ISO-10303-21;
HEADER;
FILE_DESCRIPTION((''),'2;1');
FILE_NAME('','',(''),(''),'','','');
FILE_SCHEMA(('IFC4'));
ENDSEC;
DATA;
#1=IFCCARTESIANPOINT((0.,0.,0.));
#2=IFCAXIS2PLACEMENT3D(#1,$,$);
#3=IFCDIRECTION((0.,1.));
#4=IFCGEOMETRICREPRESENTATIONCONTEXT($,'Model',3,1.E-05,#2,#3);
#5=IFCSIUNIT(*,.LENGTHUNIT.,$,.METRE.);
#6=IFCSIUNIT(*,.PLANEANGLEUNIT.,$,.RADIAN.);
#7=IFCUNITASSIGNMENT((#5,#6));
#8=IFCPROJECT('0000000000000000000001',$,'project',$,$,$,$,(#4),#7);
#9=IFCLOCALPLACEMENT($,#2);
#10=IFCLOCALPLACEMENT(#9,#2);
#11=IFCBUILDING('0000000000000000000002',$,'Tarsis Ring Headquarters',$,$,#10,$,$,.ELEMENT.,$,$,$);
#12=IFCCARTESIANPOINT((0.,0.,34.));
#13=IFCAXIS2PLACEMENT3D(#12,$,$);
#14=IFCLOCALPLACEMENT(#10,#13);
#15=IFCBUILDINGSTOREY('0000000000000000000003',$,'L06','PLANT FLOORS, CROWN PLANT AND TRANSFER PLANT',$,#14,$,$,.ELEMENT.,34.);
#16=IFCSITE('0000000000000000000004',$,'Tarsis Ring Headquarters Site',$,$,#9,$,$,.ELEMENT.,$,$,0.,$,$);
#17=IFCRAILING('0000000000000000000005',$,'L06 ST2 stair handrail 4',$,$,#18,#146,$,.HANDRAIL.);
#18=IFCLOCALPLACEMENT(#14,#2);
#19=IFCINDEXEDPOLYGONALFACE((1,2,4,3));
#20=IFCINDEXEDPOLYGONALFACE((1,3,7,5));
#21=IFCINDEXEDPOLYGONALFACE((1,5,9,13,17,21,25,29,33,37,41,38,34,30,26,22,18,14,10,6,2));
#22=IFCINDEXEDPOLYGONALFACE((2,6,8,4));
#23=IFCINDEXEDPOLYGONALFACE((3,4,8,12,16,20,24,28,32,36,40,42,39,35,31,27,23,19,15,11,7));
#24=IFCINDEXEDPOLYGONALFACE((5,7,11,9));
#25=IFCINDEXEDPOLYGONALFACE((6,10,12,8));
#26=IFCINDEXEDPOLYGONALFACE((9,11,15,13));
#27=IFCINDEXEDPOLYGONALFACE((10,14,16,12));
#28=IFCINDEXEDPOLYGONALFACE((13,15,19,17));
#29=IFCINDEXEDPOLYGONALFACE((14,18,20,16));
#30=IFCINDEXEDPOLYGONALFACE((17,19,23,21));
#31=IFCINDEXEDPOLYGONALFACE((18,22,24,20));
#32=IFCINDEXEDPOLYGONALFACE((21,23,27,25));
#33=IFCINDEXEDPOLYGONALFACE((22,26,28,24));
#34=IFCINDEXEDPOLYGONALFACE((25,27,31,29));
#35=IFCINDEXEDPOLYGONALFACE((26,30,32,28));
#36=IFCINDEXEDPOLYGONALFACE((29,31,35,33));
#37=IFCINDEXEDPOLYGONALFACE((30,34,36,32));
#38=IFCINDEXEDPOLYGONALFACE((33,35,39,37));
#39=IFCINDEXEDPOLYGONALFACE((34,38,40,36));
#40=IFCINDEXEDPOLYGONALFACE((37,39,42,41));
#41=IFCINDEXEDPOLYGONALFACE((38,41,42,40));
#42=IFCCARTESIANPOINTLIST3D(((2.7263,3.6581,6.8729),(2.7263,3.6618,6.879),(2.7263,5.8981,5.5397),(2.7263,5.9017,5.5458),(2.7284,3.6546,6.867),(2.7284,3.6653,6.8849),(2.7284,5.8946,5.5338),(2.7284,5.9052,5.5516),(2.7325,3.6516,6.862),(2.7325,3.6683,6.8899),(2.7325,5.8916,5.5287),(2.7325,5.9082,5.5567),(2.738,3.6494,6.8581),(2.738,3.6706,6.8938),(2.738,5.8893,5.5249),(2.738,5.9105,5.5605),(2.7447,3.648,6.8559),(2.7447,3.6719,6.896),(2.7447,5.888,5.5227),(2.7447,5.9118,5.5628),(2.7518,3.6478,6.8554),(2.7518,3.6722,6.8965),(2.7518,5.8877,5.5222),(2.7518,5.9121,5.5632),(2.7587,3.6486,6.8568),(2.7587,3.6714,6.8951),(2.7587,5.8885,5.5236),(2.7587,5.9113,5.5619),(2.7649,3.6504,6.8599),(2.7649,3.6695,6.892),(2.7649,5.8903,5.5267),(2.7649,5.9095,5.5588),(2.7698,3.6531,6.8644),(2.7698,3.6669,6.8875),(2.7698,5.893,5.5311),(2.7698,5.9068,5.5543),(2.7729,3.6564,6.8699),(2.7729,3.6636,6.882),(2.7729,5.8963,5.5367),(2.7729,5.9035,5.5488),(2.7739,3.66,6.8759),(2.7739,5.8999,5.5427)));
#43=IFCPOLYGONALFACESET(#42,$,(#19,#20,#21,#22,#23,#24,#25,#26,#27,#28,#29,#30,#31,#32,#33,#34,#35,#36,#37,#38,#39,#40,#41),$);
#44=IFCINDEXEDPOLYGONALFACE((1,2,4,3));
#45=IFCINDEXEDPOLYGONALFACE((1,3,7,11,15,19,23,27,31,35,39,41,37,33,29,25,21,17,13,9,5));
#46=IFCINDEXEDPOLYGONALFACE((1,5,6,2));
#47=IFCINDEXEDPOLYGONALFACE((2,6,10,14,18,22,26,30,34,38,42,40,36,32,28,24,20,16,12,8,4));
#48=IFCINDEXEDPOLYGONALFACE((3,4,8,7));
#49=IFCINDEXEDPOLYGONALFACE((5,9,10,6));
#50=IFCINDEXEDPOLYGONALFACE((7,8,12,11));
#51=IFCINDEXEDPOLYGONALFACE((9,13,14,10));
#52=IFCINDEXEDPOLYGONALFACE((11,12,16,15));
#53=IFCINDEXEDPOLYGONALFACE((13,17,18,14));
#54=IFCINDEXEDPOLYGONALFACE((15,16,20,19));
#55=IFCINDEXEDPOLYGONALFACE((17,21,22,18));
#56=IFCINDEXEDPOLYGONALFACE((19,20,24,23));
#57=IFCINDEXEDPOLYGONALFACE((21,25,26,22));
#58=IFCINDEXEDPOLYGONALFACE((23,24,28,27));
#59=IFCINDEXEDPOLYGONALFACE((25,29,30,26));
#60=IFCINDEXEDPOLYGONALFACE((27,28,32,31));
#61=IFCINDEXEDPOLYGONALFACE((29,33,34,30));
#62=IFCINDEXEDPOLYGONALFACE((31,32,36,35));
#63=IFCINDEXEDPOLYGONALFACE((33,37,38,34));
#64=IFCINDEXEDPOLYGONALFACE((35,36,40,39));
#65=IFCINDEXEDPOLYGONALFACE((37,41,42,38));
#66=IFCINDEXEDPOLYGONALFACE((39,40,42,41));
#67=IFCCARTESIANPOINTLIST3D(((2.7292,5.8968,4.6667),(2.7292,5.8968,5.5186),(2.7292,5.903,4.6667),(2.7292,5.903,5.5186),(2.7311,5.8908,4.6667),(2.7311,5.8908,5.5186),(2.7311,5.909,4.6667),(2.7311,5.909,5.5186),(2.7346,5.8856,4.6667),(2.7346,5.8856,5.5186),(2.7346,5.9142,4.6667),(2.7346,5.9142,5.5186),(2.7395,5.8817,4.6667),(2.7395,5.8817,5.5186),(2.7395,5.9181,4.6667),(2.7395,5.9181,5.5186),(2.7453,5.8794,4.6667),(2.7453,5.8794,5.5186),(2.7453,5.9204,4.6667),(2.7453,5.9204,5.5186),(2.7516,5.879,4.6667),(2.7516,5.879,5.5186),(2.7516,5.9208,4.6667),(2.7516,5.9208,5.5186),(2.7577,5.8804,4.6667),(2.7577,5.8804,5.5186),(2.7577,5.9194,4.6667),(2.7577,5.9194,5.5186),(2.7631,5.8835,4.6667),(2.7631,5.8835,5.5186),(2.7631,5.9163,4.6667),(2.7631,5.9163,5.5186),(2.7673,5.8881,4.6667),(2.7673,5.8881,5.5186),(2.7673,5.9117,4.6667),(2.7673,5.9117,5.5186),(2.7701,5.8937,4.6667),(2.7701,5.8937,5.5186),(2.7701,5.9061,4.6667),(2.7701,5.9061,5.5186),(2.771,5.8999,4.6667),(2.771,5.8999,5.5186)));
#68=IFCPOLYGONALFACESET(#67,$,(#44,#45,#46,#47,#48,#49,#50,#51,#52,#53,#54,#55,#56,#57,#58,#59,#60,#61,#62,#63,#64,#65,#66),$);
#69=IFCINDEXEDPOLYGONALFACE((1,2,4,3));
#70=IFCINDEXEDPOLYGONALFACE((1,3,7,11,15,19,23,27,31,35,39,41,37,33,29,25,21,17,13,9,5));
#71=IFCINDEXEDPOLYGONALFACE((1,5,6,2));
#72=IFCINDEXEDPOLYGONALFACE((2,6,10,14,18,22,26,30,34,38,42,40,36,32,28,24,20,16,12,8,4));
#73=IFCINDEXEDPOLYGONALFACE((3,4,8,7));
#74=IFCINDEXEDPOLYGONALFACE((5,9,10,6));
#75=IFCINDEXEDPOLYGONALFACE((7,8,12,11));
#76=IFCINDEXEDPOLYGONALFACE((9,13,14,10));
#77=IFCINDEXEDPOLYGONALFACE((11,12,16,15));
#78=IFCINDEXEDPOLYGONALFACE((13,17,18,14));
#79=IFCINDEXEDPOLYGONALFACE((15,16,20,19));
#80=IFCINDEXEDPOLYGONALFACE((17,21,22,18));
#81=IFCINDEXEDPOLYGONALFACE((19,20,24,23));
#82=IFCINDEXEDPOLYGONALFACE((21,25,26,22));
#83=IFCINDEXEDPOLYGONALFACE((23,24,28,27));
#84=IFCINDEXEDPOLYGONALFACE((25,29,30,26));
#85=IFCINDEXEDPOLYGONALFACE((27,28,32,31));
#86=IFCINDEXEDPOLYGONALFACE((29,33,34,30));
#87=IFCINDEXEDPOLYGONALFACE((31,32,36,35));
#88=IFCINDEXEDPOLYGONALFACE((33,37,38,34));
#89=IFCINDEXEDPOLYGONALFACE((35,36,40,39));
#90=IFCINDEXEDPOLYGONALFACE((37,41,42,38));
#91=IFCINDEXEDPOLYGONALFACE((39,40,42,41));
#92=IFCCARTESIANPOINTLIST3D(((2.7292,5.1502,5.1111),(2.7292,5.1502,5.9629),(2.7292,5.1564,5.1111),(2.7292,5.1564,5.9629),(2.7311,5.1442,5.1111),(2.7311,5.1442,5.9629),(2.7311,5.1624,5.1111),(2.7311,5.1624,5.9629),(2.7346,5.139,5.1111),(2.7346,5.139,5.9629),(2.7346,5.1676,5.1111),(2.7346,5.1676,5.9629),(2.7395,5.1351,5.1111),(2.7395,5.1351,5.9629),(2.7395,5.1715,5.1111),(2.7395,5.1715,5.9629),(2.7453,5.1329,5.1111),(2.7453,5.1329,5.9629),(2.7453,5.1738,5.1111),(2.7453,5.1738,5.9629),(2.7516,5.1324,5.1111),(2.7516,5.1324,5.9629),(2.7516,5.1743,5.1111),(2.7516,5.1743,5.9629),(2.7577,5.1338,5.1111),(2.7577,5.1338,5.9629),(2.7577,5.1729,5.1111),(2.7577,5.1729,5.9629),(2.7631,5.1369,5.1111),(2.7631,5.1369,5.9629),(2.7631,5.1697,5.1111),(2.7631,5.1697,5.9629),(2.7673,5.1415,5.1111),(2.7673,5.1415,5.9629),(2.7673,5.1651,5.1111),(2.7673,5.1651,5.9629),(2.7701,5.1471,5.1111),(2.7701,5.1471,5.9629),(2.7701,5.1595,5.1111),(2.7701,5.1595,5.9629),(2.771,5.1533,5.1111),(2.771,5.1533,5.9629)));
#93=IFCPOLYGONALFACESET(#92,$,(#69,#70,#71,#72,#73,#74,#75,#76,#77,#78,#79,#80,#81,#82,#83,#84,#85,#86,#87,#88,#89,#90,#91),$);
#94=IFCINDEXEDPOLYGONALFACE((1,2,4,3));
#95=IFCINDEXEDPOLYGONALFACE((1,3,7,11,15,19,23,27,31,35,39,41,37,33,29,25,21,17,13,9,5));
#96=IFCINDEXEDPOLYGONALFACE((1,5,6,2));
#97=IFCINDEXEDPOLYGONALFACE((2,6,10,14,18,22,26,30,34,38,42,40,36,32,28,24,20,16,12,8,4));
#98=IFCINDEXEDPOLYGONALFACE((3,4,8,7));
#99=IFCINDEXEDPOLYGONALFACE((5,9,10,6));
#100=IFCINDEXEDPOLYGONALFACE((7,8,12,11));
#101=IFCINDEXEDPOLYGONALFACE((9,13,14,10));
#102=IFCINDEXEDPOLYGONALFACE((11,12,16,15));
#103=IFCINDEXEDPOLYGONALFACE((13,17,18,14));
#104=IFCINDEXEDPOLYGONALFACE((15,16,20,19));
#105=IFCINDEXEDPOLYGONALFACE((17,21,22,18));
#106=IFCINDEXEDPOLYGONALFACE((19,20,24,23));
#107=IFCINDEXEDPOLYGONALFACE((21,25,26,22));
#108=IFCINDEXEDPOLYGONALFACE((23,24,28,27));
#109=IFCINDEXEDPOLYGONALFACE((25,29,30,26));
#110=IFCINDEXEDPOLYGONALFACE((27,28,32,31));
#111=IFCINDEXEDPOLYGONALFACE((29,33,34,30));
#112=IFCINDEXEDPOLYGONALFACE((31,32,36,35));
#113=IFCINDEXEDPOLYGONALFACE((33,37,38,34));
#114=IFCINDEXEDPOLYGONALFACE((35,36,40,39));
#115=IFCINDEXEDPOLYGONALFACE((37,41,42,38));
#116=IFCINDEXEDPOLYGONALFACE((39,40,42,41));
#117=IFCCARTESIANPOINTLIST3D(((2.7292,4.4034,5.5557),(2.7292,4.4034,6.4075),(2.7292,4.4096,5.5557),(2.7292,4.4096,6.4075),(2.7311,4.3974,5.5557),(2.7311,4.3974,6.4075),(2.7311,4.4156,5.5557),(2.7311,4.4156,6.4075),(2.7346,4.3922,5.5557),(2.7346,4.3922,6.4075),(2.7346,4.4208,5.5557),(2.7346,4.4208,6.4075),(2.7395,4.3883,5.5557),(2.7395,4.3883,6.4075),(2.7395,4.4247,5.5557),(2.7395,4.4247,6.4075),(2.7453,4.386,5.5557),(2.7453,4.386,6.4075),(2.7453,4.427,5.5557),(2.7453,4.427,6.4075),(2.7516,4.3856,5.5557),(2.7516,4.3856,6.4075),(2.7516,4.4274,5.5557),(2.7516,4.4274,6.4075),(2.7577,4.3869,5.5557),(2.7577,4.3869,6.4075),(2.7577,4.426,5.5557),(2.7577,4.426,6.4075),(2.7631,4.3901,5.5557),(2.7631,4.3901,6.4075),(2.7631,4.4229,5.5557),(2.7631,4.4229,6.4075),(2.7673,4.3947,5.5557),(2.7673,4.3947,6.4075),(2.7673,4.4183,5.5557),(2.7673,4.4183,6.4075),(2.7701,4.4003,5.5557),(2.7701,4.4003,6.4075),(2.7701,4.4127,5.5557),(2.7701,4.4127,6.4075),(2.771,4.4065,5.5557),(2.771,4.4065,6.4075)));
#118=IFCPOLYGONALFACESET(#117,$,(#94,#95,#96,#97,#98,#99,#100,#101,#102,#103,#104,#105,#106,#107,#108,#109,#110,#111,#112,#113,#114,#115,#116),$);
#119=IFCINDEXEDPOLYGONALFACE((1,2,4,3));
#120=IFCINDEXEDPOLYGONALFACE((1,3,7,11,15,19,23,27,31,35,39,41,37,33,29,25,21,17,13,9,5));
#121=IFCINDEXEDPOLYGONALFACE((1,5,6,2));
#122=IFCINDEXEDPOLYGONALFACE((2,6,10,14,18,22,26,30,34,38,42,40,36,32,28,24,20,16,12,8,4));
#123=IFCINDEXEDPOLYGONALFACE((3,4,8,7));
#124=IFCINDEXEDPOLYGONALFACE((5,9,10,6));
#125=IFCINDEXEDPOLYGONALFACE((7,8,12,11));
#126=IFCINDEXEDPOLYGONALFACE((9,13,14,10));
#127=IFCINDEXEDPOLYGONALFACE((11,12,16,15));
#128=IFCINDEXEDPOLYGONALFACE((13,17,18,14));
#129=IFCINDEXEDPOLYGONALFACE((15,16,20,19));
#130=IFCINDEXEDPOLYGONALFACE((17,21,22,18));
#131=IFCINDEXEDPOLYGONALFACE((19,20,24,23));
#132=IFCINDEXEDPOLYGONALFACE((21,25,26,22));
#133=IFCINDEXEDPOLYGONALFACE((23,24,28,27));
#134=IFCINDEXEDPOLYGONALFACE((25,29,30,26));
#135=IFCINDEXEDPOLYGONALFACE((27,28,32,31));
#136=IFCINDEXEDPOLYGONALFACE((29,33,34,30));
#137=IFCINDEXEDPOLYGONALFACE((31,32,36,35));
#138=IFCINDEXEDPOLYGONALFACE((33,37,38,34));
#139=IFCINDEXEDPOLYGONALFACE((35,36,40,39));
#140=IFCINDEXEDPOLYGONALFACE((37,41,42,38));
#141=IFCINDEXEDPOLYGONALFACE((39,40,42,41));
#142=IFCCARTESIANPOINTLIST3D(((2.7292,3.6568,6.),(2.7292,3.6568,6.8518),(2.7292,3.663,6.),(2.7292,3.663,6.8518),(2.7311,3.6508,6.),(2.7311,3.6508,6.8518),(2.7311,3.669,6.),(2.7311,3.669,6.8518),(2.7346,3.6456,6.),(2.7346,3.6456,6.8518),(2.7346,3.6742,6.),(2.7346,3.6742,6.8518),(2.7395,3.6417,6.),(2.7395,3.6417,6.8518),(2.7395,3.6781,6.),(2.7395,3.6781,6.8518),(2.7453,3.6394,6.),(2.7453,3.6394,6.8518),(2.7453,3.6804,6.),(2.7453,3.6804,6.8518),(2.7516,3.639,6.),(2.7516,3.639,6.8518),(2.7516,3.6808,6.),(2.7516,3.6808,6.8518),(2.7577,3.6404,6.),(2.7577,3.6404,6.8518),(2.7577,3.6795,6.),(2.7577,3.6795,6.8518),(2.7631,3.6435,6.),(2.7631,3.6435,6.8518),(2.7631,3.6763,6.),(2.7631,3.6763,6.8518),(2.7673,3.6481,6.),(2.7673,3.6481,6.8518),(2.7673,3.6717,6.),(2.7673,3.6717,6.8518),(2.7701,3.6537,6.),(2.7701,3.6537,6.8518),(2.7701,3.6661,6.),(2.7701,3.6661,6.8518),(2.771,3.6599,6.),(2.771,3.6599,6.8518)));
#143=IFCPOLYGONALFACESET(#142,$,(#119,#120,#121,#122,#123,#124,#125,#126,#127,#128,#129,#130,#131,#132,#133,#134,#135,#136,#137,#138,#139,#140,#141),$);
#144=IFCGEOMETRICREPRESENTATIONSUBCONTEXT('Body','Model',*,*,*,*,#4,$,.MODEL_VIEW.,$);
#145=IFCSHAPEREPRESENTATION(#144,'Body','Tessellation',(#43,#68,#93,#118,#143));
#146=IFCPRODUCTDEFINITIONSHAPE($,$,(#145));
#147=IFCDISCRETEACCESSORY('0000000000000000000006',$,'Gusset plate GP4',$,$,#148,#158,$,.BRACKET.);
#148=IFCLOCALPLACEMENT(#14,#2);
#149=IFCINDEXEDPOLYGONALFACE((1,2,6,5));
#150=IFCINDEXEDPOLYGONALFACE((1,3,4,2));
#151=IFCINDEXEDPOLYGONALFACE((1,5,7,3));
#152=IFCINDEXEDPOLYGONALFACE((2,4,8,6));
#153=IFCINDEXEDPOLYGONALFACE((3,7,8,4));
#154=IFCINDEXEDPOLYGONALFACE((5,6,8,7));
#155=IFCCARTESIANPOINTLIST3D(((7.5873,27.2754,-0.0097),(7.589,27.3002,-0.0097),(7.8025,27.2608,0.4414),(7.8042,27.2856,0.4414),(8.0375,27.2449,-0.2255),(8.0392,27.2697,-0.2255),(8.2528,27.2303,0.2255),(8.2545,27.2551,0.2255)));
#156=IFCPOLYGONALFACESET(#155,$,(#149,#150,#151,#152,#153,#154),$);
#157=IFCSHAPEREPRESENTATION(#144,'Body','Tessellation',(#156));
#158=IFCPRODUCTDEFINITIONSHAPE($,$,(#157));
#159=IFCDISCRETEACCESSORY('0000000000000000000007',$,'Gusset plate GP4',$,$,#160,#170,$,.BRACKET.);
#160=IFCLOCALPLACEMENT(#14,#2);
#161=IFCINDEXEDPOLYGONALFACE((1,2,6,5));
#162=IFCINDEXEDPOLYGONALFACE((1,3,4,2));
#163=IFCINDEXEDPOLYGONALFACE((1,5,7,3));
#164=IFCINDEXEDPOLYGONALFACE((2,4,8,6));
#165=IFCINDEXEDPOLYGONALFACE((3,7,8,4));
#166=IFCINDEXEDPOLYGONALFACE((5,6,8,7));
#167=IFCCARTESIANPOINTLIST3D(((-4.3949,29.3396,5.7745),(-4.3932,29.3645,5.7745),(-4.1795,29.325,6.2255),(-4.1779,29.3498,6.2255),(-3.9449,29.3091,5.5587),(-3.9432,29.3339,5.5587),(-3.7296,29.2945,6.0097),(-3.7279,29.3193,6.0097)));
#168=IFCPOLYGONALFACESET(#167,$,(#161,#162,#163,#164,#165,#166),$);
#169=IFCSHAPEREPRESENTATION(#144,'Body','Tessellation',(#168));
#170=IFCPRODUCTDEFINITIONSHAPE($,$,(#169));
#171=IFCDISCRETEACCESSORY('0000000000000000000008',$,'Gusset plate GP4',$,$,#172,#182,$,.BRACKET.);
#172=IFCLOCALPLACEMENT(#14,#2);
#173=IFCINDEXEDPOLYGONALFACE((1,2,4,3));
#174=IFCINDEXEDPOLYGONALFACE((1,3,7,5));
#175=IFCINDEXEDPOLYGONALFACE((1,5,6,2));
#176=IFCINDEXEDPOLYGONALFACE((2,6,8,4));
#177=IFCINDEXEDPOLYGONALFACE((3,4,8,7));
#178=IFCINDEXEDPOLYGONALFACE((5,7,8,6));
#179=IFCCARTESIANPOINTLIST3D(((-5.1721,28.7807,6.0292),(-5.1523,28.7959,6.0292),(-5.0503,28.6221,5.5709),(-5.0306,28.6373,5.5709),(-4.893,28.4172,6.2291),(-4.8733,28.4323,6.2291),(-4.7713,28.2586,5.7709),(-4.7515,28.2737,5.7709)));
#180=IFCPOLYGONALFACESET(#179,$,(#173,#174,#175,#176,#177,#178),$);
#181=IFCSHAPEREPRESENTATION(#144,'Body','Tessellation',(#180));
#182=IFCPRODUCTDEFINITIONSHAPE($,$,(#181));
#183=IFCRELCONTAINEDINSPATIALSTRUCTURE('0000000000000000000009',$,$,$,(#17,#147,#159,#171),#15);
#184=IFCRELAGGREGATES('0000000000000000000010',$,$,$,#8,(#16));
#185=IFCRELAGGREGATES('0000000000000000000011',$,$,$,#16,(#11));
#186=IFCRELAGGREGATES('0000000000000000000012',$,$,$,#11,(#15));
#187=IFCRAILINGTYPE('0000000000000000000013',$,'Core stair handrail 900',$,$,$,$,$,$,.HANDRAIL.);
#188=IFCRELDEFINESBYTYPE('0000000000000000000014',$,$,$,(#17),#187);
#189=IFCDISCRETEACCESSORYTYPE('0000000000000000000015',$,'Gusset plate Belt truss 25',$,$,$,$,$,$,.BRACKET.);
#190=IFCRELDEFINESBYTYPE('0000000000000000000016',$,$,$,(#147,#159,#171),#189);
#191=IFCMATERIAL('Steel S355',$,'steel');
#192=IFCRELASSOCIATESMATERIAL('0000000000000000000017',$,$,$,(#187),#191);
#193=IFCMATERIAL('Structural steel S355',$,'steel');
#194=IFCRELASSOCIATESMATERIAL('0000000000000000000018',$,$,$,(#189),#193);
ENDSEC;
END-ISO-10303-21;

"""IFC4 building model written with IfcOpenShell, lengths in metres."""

from ifc_helpers import new_model, si_unit, direction, frame, origin, origin_2d, place, context, subcontext, project, spatial, rectangle, circle, extrude, material, material_profile, profile_set, type_object, element, save


model = new_model("IFC4")

# Units and contexts
model_context = context("Model", 3, precision=1e-05, world=origin(), true_north=direction((0.0, 1.0)))
body_context = subcontext(model_context, "Body", "Model", "MODEL_VIEW")
ifc_project = project(units=[si_unit("LENGTHUNIT", "METRE"), si_unit("PLANEANGLEUNIT", "RADIAN")], contexts=[model_context])

# Site, building, storey
site_placement = place(None, origin())
site = spatial("IfcSite", under=ifc_project, at=site_placement, Name="Tarsis Ring Headquarters Site", CompositionType="ELEMENT", RefElevation=0.0)
building_placement = place(site_placement, origin())
building = spatial("IfcBuilding", under=site, at=building_placement, Name="Tarsis Ring Headquarters", CompositionType="ELEMENT")
storey_placement = place(building_placement, frame((0.0, 0.0, 34.0)))
storey = spatial("IfcBuildingStorey", under=building, at=storey_placement, Name="L06", Description="PLANT FLOORS, CROWN PLANT AND TRANSFER PLANT", CompositionType="ELEMENT", Elevation=34.0)

# Shared definitions
ifc_material_1 = material(Name="Structural steel S355", Category="steel")

# Railing
ifc_material_2 = material(Name="Steel S355", Category="steel")
railing_type_1 = type_object("IfcRailingType", Name="Core stair handrail 900", PredefinedType="HANDRAIL", material=ifc_material_2)
for number, where, name in (
    (1, (2.75, 5.8999, 4.6667), "L06 ST2 stair handrail 4"),
):
    element("IfcRailing", number, at=place(storey_placement, frame(where)), inside=storey, type_object=railing_type_1, Name=name, PredefinedType="HANDRAIL", context=body_context, shape_type="SweptSolid", body=[
        extrude(circle(Radius=0.0239, at=origin_2d()), frame((0.0, 0.0, 0.876), z_axis=(0.0, -0.859306, 0.511462), x_axis=(1.0, 0.0, 0.0)), (0.0, 0.0, 1.0), 2.6067),
        extrude(circle(Radius=0.021, at=origin_2d()), origin(), (0.0, 0.0, 1.0), 0.8518),
        extrude(circle(Radius=0.021, at=origin_2d()), frame((0.0, -0.7466, 0.4443)), (0.0, 0.0, 1.0), 0.8518),
        extrude(circle(Radius=0.021, at=origin_2d()), frame((0.0, -1.4934, 0.8889)), (0.0, 0.0, 1.0), 0.8518),
        extrude(circle(Radius=0.021, at=origin_2d()), frame((0.0, -2.24, 1.3333)), (0.0, 0.0, 1.0), 0.8518),
    ])

# Discrete accessories
ifc_material_profile_1 = material_profile(ifc_material_1, rectangle(XDim=0.0249, YDim=0.5, at=origin_2d()), Name="PL 25x500")
ifc_profile_set_1 = profile_set([ifc_material_profile_1], Name="Structural steel S355")
discrete_accessory_type = type_object("IfcDiscreteAccessoryType", Name="Gusset plate Belt truss 25", PredefinedType="BRACKET", material=ifc_profile_set_1)
discrete_accessory_placement = place(storey_placement, frame((8.146, 27.25, 0.0), z_axis=(-0.900057, 0.061013, 0.431481), x_axis=(-0.067632, -0.99771, 0.0)))
element("IfcDiscreteAccessory", 2, at=discrete_accessory_placement, inside=storey, type_object=discrete_accessory_type, Name="Gusset plate GP4", PredefinedType="BRACKET", context=body_context, shape_type="SweptSolid", body=[
    extrude(rectangle(XDim=0.0249, YDim=0.5, at=origin_2d()), origin(), (0.0, 0.0, 1.0), 0.5002),
])
for number, where, z_axis, x_axis, name in (
    (3, (-4.2864, 29.3447, 6.0), (0.899964, -0.061039, -0.43167), (0.067669, 0.997708, 0.0), "Gusset plate GP4"),
    (4, (-4.8223, 28.3455, 6.0), (-0.558104, 0.727048, -0.399901), (-0.793238, -0.608912, 0.0), "Gusset plate GP4"),
):
    element("IfcDiscreteAccessory", number, at=place(storey_placement, frame(where, z_axis=z_axis, x_axis=x_axis)), inside=storey, type_object=discrete_accessory_type, Name=name, PredefinedType="BRACKET", context=body_context, shape_type="SweptSolid", body=[
        extrude(rectangle(XDim=0.0249, YDim=0.5, at=origin_2d()), origin(), (0.0, 0.0, 1.0), 0.5),
    ])

save(model, "model.ifc")
